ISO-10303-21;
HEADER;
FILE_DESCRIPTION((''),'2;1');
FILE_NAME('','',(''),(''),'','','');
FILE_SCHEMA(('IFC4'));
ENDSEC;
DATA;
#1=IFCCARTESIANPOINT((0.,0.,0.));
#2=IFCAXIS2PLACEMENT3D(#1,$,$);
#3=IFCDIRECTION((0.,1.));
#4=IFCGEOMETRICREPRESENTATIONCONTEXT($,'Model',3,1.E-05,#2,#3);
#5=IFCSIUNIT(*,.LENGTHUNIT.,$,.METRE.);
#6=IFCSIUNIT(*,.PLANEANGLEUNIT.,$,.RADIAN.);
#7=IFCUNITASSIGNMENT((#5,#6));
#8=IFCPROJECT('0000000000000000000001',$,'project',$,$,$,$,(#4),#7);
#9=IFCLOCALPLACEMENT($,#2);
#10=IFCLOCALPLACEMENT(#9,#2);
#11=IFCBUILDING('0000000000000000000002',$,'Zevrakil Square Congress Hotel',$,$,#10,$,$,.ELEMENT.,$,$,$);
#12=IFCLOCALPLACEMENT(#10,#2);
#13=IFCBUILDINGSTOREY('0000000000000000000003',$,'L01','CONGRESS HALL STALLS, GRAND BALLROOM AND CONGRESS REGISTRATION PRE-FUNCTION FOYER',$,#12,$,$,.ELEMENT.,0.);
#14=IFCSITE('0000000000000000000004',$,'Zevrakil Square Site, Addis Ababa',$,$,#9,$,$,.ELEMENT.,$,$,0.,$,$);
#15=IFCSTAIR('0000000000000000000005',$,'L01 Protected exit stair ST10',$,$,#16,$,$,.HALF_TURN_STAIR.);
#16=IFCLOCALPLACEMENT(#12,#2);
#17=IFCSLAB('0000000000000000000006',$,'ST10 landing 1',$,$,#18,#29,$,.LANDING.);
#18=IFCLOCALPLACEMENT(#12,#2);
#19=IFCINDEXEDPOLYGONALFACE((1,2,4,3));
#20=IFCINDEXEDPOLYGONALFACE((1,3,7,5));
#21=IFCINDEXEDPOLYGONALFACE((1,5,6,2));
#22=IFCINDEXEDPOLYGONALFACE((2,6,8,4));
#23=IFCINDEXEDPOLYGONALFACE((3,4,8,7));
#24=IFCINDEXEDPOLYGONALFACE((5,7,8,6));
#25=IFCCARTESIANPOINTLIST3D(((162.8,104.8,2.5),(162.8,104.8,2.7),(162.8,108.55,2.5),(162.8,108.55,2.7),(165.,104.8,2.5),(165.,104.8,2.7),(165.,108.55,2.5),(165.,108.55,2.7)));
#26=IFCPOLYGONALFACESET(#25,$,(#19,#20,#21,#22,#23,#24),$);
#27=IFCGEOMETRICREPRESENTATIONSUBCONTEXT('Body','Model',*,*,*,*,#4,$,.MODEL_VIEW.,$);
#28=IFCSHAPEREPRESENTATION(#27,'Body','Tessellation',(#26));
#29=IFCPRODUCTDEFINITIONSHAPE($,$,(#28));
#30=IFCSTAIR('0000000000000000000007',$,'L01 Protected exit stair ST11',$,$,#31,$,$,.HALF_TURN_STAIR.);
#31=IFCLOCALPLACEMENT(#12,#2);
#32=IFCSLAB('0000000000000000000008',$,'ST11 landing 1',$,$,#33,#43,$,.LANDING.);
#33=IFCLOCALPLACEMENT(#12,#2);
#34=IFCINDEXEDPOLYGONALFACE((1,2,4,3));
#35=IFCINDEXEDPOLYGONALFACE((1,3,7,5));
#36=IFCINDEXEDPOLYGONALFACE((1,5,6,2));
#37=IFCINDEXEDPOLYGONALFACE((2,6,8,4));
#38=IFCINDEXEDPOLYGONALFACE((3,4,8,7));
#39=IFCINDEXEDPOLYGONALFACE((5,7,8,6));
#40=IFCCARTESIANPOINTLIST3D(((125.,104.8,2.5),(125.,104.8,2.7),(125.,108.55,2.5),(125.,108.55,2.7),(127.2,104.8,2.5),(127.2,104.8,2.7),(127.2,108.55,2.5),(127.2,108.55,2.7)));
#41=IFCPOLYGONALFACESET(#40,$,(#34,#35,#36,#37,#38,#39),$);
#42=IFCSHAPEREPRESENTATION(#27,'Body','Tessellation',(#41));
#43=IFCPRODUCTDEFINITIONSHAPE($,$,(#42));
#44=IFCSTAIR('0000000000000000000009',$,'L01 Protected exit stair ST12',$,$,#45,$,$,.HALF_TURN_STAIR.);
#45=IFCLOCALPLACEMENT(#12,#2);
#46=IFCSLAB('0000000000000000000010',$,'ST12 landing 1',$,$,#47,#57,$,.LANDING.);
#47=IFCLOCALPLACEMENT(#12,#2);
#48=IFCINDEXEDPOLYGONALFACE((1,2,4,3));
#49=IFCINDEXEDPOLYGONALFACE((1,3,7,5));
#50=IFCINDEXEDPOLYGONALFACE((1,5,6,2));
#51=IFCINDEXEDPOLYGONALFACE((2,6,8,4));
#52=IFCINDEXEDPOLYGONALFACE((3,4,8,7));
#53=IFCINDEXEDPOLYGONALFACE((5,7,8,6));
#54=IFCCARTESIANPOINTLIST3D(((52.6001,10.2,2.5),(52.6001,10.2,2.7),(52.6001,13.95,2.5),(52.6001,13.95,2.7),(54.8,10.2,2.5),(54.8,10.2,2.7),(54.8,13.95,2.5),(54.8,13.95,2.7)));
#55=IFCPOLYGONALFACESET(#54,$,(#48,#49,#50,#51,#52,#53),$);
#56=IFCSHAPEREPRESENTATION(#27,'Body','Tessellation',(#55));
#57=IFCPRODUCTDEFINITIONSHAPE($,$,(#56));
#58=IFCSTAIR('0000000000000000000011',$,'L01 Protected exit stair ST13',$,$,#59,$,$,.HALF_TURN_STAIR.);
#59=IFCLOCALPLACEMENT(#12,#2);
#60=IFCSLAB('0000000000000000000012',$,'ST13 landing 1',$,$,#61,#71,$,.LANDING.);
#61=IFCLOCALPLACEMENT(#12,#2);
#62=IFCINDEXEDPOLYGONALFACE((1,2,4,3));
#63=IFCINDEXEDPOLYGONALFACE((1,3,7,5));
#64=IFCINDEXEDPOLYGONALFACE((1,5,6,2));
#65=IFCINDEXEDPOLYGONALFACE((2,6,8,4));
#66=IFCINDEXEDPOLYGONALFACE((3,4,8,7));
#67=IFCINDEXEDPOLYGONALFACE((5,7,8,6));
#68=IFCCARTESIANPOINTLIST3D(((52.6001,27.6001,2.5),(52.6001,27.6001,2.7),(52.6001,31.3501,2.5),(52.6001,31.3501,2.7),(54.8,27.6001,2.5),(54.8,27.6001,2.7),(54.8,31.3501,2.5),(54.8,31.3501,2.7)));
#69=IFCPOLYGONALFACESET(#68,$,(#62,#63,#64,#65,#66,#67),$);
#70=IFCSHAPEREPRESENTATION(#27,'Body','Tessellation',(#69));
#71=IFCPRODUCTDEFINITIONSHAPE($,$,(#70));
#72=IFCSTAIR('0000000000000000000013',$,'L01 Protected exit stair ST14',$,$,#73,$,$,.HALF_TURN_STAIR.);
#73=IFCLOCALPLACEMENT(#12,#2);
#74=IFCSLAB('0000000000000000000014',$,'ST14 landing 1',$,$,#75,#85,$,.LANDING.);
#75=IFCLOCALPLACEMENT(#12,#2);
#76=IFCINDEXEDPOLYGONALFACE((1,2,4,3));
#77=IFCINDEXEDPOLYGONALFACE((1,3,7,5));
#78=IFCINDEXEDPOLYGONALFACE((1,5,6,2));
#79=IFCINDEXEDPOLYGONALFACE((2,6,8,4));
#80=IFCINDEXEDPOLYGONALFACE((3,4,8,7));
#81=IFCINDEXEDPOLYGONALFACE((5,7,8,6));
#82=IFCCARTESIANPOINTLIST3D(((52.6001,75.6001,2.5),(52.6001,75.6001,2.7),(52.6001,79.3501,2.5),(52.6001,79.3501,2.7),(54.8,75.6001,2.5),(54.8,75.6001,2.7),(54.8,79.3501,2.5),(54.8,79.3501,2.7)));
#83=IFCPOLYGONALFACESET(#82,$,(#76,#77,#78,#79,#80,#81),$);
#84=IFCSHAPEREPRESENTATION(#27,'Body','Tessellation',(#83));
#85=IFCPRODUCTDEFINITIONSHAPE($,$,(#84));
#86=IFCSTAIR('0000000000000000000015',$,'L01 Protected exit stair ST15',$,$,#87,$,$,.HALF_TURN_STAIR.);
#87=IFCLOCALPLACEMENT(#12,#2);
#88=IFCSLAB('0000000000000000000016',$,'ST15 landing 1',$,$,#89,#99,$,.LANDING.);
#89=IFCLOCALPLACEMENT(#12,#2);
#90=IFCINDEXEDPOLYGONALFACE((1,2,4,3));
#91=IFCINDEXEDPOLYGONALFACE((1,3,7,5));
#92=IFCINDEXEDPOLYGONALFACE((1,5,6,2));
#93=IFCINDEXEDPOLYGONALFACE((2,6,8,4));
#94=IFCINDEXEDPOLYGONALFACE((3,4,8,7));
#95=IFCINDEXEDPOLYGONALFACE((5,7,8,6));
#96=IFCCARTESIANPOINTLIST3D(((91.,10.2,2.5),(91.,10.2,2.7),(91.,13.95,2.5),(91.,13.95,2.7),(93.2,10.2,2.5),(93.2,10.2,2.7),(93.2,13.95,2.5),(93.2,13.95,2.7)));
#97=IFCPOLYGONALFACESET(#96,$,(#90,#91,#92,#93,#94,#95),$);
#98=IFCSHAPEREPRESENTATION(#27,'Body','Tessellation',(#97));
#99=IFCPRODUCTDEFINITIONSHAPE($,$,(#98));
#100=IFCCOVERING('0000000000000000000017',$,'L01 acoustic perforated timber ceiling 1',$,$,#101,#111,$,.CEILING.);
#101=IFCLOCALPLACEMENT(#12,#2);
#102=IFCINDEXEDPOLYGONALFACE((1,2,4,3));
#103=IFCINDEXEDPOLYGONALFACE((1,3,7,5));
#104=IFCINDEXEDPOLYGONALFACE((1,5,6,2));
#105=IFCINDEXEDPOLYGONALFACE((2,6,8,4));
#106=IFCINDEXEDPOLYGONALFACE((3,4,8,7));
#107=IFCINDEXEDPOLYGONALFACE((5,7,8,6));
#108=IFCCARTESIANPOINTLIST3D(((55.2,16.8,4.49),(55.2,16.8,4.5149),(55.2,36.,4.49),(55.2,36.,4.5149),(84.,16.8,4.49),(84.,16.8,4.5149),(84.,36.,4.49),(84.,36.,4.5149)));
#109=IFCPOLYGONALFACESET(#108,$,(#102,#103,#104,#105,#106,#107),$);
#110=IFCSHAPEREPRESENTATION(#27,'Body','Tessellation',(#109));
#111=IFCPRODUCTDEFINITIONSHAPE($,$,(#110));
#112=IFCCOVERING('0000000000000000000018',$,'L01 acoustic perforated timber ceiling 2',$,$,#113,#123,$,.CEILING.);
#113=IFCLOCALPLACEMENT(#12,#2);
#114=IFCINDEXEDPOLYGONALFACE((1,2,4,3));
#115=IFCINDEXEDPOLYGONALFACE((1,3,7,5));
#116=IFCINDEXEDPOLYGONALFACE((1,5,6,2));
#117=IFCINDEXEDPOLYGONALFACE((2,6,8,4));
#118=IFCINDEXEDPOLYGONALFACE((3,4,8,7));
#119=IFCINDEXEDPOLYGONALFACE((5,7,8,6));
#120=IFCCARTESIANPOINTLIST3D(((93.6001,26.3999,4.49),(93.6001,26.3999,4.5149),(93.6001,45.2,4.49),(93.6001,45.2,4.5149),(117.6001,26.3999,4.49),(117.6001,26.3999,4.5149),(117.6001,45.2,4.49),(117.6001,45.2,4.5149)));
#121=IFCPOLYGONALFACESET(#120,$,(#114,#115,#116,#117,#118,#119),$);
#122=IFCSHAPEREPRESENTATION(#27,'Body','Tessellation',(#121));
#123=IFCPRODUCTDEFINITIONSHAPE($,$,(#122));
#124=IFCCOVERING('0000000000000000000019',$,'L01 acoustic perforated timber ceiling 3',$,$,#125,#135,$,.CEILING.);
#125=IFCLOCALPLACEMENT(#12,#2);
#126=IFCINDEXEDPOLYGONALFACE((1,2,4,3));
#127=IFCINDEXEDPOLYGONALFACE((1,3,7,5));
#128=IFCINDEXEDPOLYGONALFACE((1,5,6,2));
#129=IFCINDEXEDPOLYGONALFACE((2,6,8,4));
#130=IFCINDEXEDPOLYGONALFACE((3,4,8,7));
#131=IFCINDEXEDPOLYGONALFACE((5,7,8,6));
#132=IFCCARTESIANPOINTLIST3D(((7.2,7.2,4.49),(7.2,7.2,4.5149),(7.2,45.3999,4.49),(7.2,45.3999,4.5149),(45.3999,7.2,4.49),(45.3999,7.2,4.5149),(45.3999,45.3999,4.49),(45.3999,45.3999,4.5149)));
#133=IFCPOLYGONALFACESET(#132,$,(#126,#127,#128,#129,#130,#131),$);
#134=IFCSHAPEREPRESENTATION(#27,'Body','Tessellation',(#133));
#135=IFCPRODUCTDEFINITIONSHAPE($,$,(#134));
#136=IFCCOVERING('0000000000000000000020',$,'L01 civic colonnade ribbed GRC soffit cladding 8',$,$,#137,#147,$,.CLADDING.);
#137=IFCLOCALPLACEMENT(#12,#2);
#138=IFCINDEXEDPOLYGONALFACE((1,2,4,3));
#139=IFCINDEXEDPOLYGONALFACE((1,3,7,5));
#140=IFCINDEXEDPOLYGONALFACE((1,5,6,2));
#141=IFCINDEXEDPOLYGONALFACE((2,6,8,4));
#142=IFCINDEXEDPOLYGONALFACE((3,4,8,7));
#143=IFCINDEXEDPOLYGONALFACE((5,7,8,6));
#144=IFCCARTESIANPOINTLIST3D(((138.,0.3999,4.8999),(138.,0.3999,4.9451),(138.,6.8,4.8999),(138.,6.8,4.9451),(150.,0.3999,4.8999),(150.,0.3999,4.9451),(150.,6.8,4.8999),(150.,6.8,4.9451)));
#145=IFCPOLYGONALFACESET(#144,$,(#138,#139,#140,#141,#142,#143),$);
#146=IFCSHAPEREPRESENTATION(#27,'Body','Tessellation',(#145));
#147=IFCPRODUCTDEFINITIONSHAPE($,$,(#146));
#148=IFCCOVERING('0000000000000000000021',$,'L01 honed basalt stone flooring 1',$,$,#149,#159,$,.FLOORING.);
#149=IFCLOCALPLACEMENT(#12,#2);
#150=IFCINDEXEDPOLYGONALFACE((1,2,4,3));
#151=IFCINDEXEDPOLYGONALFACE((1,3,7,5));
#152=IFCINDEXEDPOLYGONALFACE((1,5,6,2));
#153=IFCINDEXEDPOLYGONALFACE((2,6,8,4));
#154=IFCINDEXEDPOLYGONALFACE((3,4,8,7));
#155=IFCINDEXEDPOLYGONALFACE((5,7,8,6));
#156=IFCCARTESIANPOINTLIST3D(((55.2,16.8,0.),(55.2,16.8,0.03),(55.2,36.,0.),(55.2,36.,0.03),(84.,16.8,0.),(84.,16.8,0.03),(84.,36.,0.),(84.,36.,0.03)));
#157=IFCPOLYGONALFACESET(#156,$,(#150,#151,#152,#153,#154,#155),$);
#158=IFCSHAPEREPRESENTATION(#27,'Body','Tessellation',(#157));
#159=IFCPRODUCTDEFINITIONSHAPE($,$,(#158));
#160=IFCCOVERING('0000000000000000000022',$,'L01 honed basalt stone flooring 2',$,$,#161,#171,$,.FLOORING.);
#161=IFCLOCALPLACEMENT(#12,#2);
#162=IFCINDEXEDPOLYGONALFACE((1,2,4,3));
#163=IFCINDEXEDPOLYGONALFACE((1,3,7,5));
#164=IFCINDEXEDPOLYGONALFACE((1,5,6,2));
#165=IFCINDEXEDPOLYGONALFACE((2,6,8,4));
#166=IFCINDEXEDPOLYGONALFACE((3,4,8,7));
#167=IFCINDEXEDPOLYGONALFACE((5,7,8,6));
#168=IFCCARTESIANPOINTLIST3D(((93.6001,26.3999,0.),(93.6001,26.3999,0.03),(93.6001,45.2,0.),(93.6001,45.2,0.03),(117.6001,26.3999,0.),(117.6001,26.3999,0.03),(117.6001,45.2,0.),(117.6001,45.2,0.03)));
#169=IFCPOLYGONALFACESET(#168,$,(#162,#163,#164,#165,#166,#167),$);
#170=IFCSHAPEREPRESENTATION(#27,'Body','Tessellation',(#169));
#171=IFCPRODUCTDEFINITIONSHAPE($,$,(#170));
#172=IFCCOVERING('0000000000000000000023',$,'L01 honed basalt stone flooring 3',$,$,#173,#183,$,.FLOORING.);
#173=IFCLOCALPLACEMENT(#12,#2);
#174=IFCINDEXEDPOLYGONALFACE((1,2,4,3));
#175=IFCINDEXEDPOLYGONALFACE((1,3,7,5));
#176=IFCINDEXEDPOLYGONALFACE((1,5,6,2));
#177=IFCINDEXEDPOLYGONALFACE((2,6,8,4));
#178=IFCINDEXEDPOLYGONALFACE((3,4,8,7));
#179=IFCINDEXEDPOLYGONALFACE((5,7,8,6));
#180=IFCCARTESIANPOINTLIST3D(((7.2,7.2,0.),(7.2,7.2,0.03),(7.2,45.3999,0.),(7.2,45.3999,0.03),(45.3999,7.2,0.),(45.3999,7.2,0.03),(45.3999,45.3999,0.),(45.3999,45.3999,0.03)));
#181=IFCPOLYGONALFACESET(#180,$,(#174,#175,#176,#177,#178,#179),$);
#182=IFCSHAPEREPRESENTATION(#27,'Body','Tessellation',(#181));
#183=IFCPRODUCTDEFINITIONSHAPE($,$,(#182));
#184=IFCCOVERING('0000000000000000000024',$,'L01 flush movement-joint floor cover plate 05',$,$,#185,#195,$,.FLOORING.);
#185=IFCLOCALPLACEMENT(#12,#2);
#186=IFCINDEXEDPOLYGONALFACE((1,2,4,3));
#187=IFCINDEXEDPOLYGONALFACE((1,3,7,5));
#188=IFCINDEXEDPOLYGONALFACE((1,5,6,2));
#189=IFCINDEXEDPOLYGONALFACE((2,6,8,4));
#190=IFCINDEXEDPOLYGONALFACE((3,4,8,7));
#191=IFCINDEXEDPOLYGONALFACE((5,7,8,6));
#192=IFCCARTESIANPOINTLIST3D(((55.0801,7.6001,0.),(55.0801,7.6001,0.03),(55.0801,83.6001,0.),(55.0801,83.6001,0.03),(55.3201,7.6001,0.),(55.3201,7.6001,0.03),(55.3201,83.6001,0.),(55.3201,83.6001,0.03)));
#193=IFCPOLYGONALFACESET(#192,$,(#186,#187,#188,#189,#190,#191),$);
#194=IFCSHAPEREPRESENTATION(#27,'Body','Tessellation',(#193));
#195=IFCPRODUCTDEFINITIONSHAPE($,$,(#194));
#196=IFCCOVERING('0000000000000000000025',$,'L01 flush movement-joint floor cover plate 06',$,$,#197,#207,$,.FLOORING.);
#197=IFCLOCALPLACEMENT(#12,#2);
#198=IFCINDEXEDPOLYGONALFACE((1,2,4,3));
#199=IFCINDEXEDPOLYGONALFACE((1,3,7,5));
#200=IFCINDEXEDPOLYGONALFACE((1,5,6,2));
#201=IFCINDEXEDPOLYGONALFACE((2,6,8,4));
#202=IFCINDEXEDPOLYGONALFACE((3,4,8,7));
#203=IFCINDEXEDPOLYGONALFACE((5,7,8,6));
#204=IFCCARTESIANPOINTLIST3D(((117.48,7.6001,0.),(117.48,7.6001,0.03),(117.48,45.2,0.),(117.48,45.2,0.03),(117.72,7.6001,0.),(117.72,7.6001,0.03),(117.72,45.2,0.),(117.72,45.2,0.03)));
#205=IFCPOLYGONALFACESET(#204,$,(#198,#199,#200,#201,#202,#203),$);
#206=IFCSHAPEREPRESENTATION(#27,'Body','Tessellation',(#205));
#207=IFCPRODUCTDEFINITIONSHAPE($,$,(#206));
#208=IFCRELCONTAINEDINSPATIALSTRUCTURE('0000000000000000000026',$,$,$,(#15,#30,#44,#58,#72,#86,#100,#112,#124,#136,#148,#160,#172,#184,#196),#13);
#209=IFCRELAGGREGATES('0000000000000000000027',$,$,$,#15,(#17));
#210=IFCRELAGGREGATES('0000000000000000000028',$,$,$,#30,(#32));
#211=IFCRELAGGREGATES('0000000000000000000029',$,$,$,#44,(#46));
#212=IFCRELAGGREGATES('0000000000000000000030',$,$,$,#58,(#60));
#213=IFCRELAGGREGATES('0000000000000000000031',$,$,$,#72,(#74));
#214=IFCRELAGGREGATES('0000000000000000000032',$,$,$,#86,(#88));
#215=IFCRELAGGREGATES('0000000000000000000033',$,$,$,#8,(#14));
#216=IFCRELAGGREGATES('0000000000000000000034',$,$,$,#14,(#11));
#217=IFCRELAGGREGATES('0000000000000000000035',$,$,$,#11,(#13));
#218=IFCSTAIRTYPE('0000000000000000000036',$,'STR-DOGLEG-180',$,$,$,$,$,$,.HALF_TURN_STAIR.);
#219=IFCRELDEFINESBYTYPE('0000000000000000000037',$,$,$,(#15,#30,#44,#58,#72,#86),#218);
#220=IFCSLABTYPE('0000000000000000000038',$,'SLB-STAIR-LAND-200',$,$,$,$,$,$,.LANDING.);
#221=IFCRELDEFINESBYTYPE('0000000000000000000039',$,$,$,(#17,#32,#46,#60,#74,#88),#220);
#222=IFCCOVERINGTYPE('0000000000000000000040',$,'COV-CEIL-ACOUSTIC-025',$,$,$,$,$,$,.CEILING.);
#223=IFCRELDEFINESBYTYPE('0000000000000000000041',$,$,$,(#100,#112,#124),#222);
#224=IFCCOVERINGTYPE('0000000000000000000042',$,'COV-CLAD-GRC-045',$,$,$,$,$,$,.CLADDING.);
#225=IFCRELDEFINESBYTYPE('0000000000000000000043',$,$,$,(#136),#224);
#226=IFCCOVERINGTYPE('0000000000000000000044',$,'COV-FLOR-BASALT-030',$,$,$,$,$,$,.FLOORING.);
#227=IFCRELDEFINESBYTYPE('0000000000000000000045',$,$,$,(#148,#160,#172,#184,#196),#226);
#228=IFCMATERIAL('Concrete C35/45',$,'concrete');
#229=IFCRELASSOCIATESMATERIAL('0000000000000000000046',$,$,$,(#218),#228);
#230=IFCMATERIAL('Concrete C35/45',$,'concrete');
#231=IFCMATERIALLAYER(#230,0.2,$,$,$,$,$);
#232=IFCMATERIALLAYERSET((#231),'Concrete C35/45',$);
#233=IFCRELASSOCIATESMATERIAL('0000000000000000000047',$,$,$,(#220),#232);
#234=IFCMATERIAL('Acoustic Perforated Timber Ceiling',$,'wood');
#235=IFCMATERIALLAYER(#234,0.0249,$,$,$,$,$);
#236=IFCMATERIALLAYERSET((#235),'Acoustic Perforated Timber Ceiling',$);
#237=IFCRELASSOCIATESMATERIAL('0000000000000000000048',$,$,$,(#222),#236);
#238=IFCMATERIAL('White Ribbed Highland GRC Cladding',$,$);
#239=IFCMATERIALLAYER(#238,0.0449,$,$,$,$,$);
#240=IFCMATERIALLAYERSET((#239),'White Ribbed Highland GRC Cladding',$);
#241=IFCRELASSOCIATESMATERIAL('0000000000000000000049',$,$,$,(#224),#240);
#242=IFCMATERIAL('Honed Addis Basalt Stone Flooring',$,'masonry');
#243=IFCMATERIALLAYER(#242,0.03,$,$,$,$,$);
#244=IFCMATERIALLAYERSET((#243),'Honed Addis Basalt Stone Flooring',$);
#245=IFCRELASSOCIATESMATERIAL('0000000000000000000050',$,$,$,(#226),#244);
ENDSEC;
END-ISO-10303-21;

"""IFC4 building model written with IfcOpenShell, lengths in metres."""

from ifc_helpers import new_model, si_unit, direction, frame, origin, place, context, subcontext, project, spatial, polyline, outline, extrude, material, layer, layer_set, type_object, element, aggregate, save


model = new_model("IFC4")

# Units and contexts
model_context = context("Model", 3, precision=1e-05, world=origin(), true_north=direction((0.0, 1.0)))
body_context = subcontext(model_context, "Body", "Model", "MODEL_VIEW")
ifc_project = project(units=[si_unit("LENGTHUNIT", "METRE"), si_unit("PLANEANGLEUNIT", "RADIAN")], contexts=[model_context])

# Site, building, storey
site_placement = place(None, origin())
site = spatial("IfcSite", under=ifc_project, at=site_placement, Name="Zevrakil Square Site, Addis Ababa", CompositionType="ELEMENT", RefElevation=0.0)
building_placement = place(site_placement, origin())
building = spatial("IfcBuilding", under=site, at=building_placement, Name="Zevrakil Square Congress Hotel", CompositionType="ELEMENT")
storey_placement = place(building_placement, origin())
storey = spatial("IfcBuildingStorey", under=building, at=storey_placement, Name="L01", Description="CONGRESS HALL STALLS, GRAND BALLROOM AND CONGRESS REGISTRATION PRE-FUNCTION FOYER", CompositionType="ELEMENT", Elevation=0.0)

# Stairs, slabs
ifc_material_1 = material(Name="Concrete C35/45", Category="concrete")
stair_type = type_object("IfcStairType", Name="STR-DOGLEG-180", PredefinedType="HALF_TURN_STAIR", material=ifc_material_1)
ifc_material_2 = material(Name="Concrete C35/45", Category="concrete")
ifc_layer_1 = layer(ifc_material_2, 0.2)
ifc_layer_set_1 = layer_set([ifc_layer_1], Name="Concrete C35/45")
slab_type = type_object("IfcSlabType", Name="SLB-STAIR-LAND-200", PredefinedType="LANDING", material=ifc_layer_set_1)
stair_1_placement = place(storey_placement, origin())
stair_1 = element("IfcStair", 1, at=stair_1_placement, inside=storey, type_object=stair_type, Name="L01 Protected exit stair ST10", PredefinedType="HALF_TURN_STAIR")
slab_1_placement = place(storey_placement, frame((0.0, 0.0, 2.5)))
slab_1 = element("IfcSlab", 2, at=slab_1_placement, type_object=slab_type, Name="ST10 landing 1", PredefinedType="LANDING", context=body_context, shape_type="SweptSolid", body=[
    extrude(outline(polyline([(162.8, 104.8), (165.0, 104.8), (165.0, 108.55), (162.8, 108.55), (162.8, 104.8)])), origin(), (0.0, 0.0, 1.0), 0.2),
])
aggregate(stair_1, [slab_1])
stair_2_placement = place(storey_placement, origin())
stair_2 = element("IfcStair", 3, at=stair_2_placement, inside=storey, type_object=stair_type, Name="L01 Protected exit stair ST11", PredefinedType="HALF_TURN_STAIR")
slab_2_placement = place(storey_placement, frame((0.0, 0.0, 2.5)))
slab_2 = element("IfcSlab", 4, at=slab_2_placement, type_object=slab_type, Name="ST11 landing 1", PredefinedType="LANDING", context=body_context, shape_type="SweptSolid", body=[
    extrude(outline(polyline([(125.0, 104.8), (127.2, 104.8), (127.2, 108.55), (125.0, 108.55), (125.0, 104.8)])), origin(), (0.0, 0.0, 1.0), 0.2),
])
aggregate(stair_2, [slab_2])
stair_3_placement = place(storey_placement, origin())
stair_3 = element("IfcStair", 5, at=stair_3_placement, inside=storey, type_object=stair_type, Name="L01 Protected exit stair ST12", PredefinedType="HALF_TURN_STAIR")
slab_3_placement = place(storey_placement, frame((0.0, 0.0, 2.5)))
slab_3 = element("IfcSlab", 6, at=slab_3_placement, type_object=slab_type, Name="ST12 landing 1", PredefinedType="LANDING", context=body_context, shape_type="SweptSolid", body=[
    extrude(outline(polyline([(52.6001, 10.2), (54.8, 10.2), (54.8, 13.95), (52.6001, 13.95), (52.6001, 10.2)])), origin(), (0.0, 0.0, 1.0), 0.2),
])
aggregate(stair_3, [slab_3])
stair_4_placement = place(storey_placement, origin())
stair_4 = element("IfcStair", 7, at=stair_4_placement, inside=storey, type_object=stair_type, Name="L01 Protected exit stair ST13", PredefinedType="HALF_TURN_STAIR")
slab_4_placement = place(storey_placement, frame((0.0, 0.0, 2.5)))
slab_4 = element("IfcSlab", 8, at=slab_4_placement, type_object=slab_type, Name="ST13 landing 1", PredefinedType="LANDING", context=body_context, shape_type="SweptSolid", body=[
    extrude(outline(polyline([(52.6001, 27.6001), (54.8, 27.6001), (54.8, 31.3501), (52.6001, 31.3501), (52.6001, 27.6001)])), origin(), (0.0, 0.0, 1.0), 0.2),
])
aggregate(stair_4, [slab_4])
stair_5_placement = place(storey_placement, origin())
stair_5 = element("IfcStair", 9, at=stair_5_placement, inside=storey, type_object=stair_type, Name="L01 Protected exit stair ST14", PredefinedType="HALF_TURN_STAIR")
slab_5_placement = place(storey_placement, frame((0.0, 0.0, 2.5)))
slab_5 = element("IfcSlab", 10, at=slab_5_placement, type_object=slab_type, Name="ST14 landing 1", PredefinedType="LANDING", context=body_context, shape_type="SweptSolid", body=[
    extrude(outline(polyline([(52.6001, 75.6001), (54.8, 75.6001), (54.8, 79.3501), (52.6001, 79.3501), (52.6001, 75.6001)])), origin(), (0.0, 0.0, 1.0), 0.2),
])
aggregate(stair_5, [slab_5])
stair_6_placement = place(storey_placement, origin())
stair_6 = element("IfcStair", 11, at=stair_6_placement, inside=storey, type_object=stair_type, Name="L01 Protected exit stair ST15", PredefinedType="HALF_TURN_STAIR")
slab_6_placement = place(storey_placement, frame((0.0, 0.0, 2.5)))
slab_6 = element("IfcSlab", 12, at=slab_6_placement, type_object=slab_type, Name="ST15 landing 1", PredefinedType="LANDING", context=body_context, shape_type="SweptSolid", body=[
    extrude(outline(polyline([(91.0, 10.2), (93.2, 10.2), (93.2, 13.95), (91.0, 13.95), (91.0, 10.2)])), origin(), (0.0, 0.0, 1.0), 0.2),
])
aggregate(stair_6, [slab_6])

# Coverings
ifc_material_3 = material(Name="Acoustic Perforated Timber Ceiling", Category="wood")
ifc_layer_2 = layer(ifc_material_3, 0.0249)
ifc_layer_set_2 = layer_set([ifc_layer_2], Name="Acoustic Perforated Timber Ceiling")
covering_type_1 = type_object("IfcCoveringType", Name="COV-CEIL-ACOUSTIC-025", PredefinedType="CEILING", material=ifc_layer_set_2)
covering_1_placement = place(storey_placement, frame((0.0, 0.0, 4.49)))
element("IfcCovering", 13, at=covering_1_placement, inside=storey, type_object=covering_type_1, Name="L01 acoustic perforated timber ceiling 1", PredefinedType="CEILING", context=body_context, shape_type="SweptSolid", body=[
    extrude(outline(polyline([(55.2, 16.8), (84.0, 16.8), (84.0, 36.0), (55.2, 36.0), (55.2, 16.8)])), origin(), (0.0, 0.0, 1.0), 0.0249),
])
covering_2_placement = place(storey_placement, frame((0.0, 0.0, 4.49)))
element("IfcCovering", 14, at=covering_2_placement, inside=storey, type_object=covering_type_1, Name="L01 acoustic perforated timber ceiling 2", PredefinedType="CEILING", context=body_context, shape_type="SweptSolid", body=[
    extrude(outline(polyline([(93.6001, 26.3999), (117.6001, 26.3999), (117.6001, 45.2), (93.6001, 45.2), (93.6001, 26.3999)])), origin(), (0.0, 0.0, 1.0), 0.0249),
])
covering_3_placement = place(storey_placement, frame((0.0, 0.0, 4.49)))
element("IfcCovering", 15, at=covering_3_placement, inside=storey, type_object=covering_type_1, Name="L01 acoustic perforated timber ceiling 3", PredefinedType="CEILING", context=body_context, shape_type="SweptSolid", body=[
    extrude(outline(polyline([(7.2, 7.2), (45.3999, 7.2), (45.3999, 45.3999), (7.2, 45.3999), (7.2, 7.2)])), origin(), (0.0, 0.0, 1.0), 0.0249),
])
ifc_material_4 = material(Name="White Ribbed Highland GRC Cladding")
ifc_layer_3 = layer(ifc_material_4, 0.0449)
ifc_layer_set_3 = layer_set([ifc_layer_3], Name="White Ribbed Highland GRC Cladding")
covering_type_2 = type_object("IfcCoveringType", Name="COV-CLAD-GRC-045", PredefinedType="CLADDING", material=ifc_layer_set_3)
covering_4_placement = place(storey_placement, frame((0.0, 0.0, 4.8999)))
element("IfcCovering", 16, at=covering_4_placement, inside=storey, type_object=covering_type_2, Name="L01 civic colonnade ribbed GRC soffit cladding 8", PredefinedType="CLADDING", context=body_context, shape_type="SweptSolid", body=[
    extrude(outline(polyline([(138.0, 0.3999), (150.0, 0.3999), (150.0, 6.8), (138.0, 6.8), (138.0, 0.3999)])), origin(), (0.0, 0.0, 1.0), 0.0452),
])
ifc_material_5 = material(Name="Honed Addis Basalt Stone Flooring", Category="masonry")
ifc_layer_4 = layer(ifc_material_5, 0.03)
ifc_layer_set_4 = layer_set([ifc_layer_4], Name="Honed Addis Basalt Stone Flooring")
covering_type_3 = type_object("IfcCoveringType", Name="COV-FLOR-BASALT-030", PredefinedType="FLOORING", material=ifc_layer_set_4)
covering_5_placement = place(storey_placement, origin())
element("IfcCovering", 17, at=covering_5_placement, inside=storey, type_object=covering_type_3, Name="L01 honed basalt stone flooring 1", PredefinedType="FLOORING", context=body_context, shape_type="SweptSolid", body=[
    extrude(outline(polyline([(55.2, 16.8), (84.0, 16.8), (84.0, 36.0), (55.2, 36.0), (55.2, 16.8)])), origin(), (0.0, 0.0, 1.0), 0.03),
])
covering_6_placement = place(storey_placement, origin())
element("IfcCovering", 18, at=covering_6_placement, inside=storey, type_object=covering_type_3, Name="L01 honed basalt stone flooring 2", PredefinedType="FLOORING", context=body_context, shape_type="SweptSolid", body=[
    extrude(outline(polyline([(93.6001, 26.3999), (117.6001, 26.3999), (117.6001, 45.2), (93.6001, 45.2), (93.6001, 26.3999)])), origin(), (0.0, 0.0, 1.0), 0.03),
])
covering_7_placement = place(storey_placement, origin())
element("IfcCovering", 19, at=covering_7_placement, inside=storey, type_object=covering_type_3, Name="L01 honed basalt stone flooring 3", PredefinedType="FLOORING", context=body_context, shape_type="SweptSolid", body=[
    extrude(outline(polyline([(7.2, 7.2), (45.3999, 7.2), (45.3999, 45.3999), (7.2, 45.3999), (7.2, 7.2)])), origin(), (0.0, 0.0, 1.0), 0.03),
])
covering_8_placement = place(storey_placement, origin())
element("IfcCovering", 20, at=covering_8_placement, inside=storey, type_object=covering_type_3, Name="L01 flush movement-joint floor cover plate 05", PredefinedType="FLOORING", context=body_context, shape_type="SweptSolid", body=[
    extrude(outline(polyline([(55.0801, 7.6001), (55.3201, 7.6001), (55.3201, 83.6001), (55.0801, 83.6001), (55.0801, 7.6001)])), origin(), (0.0, 0.0, 1.0), 0.03),
])
covering_9_placement = place(storey_placement, origin())
element("IfcCovering", 21, at=covering_9_placement, inside=storey, type_object=covering_type_3, Name="L01 flush movement-joint floor cover plate 06", PredefinedType="FLOORING", context=body_context, shape_type="SweptSolid", body=[
    extrude(outline(polyline([(117.48, 7.6001), (117.72, 7.6001), (117.72, 45.2), (117.48, 45.2), (117.48, 7.6001)])), origin(), (0.0, 0.0, 1.0), 0.03),
])

save(model, "model.ifc")
